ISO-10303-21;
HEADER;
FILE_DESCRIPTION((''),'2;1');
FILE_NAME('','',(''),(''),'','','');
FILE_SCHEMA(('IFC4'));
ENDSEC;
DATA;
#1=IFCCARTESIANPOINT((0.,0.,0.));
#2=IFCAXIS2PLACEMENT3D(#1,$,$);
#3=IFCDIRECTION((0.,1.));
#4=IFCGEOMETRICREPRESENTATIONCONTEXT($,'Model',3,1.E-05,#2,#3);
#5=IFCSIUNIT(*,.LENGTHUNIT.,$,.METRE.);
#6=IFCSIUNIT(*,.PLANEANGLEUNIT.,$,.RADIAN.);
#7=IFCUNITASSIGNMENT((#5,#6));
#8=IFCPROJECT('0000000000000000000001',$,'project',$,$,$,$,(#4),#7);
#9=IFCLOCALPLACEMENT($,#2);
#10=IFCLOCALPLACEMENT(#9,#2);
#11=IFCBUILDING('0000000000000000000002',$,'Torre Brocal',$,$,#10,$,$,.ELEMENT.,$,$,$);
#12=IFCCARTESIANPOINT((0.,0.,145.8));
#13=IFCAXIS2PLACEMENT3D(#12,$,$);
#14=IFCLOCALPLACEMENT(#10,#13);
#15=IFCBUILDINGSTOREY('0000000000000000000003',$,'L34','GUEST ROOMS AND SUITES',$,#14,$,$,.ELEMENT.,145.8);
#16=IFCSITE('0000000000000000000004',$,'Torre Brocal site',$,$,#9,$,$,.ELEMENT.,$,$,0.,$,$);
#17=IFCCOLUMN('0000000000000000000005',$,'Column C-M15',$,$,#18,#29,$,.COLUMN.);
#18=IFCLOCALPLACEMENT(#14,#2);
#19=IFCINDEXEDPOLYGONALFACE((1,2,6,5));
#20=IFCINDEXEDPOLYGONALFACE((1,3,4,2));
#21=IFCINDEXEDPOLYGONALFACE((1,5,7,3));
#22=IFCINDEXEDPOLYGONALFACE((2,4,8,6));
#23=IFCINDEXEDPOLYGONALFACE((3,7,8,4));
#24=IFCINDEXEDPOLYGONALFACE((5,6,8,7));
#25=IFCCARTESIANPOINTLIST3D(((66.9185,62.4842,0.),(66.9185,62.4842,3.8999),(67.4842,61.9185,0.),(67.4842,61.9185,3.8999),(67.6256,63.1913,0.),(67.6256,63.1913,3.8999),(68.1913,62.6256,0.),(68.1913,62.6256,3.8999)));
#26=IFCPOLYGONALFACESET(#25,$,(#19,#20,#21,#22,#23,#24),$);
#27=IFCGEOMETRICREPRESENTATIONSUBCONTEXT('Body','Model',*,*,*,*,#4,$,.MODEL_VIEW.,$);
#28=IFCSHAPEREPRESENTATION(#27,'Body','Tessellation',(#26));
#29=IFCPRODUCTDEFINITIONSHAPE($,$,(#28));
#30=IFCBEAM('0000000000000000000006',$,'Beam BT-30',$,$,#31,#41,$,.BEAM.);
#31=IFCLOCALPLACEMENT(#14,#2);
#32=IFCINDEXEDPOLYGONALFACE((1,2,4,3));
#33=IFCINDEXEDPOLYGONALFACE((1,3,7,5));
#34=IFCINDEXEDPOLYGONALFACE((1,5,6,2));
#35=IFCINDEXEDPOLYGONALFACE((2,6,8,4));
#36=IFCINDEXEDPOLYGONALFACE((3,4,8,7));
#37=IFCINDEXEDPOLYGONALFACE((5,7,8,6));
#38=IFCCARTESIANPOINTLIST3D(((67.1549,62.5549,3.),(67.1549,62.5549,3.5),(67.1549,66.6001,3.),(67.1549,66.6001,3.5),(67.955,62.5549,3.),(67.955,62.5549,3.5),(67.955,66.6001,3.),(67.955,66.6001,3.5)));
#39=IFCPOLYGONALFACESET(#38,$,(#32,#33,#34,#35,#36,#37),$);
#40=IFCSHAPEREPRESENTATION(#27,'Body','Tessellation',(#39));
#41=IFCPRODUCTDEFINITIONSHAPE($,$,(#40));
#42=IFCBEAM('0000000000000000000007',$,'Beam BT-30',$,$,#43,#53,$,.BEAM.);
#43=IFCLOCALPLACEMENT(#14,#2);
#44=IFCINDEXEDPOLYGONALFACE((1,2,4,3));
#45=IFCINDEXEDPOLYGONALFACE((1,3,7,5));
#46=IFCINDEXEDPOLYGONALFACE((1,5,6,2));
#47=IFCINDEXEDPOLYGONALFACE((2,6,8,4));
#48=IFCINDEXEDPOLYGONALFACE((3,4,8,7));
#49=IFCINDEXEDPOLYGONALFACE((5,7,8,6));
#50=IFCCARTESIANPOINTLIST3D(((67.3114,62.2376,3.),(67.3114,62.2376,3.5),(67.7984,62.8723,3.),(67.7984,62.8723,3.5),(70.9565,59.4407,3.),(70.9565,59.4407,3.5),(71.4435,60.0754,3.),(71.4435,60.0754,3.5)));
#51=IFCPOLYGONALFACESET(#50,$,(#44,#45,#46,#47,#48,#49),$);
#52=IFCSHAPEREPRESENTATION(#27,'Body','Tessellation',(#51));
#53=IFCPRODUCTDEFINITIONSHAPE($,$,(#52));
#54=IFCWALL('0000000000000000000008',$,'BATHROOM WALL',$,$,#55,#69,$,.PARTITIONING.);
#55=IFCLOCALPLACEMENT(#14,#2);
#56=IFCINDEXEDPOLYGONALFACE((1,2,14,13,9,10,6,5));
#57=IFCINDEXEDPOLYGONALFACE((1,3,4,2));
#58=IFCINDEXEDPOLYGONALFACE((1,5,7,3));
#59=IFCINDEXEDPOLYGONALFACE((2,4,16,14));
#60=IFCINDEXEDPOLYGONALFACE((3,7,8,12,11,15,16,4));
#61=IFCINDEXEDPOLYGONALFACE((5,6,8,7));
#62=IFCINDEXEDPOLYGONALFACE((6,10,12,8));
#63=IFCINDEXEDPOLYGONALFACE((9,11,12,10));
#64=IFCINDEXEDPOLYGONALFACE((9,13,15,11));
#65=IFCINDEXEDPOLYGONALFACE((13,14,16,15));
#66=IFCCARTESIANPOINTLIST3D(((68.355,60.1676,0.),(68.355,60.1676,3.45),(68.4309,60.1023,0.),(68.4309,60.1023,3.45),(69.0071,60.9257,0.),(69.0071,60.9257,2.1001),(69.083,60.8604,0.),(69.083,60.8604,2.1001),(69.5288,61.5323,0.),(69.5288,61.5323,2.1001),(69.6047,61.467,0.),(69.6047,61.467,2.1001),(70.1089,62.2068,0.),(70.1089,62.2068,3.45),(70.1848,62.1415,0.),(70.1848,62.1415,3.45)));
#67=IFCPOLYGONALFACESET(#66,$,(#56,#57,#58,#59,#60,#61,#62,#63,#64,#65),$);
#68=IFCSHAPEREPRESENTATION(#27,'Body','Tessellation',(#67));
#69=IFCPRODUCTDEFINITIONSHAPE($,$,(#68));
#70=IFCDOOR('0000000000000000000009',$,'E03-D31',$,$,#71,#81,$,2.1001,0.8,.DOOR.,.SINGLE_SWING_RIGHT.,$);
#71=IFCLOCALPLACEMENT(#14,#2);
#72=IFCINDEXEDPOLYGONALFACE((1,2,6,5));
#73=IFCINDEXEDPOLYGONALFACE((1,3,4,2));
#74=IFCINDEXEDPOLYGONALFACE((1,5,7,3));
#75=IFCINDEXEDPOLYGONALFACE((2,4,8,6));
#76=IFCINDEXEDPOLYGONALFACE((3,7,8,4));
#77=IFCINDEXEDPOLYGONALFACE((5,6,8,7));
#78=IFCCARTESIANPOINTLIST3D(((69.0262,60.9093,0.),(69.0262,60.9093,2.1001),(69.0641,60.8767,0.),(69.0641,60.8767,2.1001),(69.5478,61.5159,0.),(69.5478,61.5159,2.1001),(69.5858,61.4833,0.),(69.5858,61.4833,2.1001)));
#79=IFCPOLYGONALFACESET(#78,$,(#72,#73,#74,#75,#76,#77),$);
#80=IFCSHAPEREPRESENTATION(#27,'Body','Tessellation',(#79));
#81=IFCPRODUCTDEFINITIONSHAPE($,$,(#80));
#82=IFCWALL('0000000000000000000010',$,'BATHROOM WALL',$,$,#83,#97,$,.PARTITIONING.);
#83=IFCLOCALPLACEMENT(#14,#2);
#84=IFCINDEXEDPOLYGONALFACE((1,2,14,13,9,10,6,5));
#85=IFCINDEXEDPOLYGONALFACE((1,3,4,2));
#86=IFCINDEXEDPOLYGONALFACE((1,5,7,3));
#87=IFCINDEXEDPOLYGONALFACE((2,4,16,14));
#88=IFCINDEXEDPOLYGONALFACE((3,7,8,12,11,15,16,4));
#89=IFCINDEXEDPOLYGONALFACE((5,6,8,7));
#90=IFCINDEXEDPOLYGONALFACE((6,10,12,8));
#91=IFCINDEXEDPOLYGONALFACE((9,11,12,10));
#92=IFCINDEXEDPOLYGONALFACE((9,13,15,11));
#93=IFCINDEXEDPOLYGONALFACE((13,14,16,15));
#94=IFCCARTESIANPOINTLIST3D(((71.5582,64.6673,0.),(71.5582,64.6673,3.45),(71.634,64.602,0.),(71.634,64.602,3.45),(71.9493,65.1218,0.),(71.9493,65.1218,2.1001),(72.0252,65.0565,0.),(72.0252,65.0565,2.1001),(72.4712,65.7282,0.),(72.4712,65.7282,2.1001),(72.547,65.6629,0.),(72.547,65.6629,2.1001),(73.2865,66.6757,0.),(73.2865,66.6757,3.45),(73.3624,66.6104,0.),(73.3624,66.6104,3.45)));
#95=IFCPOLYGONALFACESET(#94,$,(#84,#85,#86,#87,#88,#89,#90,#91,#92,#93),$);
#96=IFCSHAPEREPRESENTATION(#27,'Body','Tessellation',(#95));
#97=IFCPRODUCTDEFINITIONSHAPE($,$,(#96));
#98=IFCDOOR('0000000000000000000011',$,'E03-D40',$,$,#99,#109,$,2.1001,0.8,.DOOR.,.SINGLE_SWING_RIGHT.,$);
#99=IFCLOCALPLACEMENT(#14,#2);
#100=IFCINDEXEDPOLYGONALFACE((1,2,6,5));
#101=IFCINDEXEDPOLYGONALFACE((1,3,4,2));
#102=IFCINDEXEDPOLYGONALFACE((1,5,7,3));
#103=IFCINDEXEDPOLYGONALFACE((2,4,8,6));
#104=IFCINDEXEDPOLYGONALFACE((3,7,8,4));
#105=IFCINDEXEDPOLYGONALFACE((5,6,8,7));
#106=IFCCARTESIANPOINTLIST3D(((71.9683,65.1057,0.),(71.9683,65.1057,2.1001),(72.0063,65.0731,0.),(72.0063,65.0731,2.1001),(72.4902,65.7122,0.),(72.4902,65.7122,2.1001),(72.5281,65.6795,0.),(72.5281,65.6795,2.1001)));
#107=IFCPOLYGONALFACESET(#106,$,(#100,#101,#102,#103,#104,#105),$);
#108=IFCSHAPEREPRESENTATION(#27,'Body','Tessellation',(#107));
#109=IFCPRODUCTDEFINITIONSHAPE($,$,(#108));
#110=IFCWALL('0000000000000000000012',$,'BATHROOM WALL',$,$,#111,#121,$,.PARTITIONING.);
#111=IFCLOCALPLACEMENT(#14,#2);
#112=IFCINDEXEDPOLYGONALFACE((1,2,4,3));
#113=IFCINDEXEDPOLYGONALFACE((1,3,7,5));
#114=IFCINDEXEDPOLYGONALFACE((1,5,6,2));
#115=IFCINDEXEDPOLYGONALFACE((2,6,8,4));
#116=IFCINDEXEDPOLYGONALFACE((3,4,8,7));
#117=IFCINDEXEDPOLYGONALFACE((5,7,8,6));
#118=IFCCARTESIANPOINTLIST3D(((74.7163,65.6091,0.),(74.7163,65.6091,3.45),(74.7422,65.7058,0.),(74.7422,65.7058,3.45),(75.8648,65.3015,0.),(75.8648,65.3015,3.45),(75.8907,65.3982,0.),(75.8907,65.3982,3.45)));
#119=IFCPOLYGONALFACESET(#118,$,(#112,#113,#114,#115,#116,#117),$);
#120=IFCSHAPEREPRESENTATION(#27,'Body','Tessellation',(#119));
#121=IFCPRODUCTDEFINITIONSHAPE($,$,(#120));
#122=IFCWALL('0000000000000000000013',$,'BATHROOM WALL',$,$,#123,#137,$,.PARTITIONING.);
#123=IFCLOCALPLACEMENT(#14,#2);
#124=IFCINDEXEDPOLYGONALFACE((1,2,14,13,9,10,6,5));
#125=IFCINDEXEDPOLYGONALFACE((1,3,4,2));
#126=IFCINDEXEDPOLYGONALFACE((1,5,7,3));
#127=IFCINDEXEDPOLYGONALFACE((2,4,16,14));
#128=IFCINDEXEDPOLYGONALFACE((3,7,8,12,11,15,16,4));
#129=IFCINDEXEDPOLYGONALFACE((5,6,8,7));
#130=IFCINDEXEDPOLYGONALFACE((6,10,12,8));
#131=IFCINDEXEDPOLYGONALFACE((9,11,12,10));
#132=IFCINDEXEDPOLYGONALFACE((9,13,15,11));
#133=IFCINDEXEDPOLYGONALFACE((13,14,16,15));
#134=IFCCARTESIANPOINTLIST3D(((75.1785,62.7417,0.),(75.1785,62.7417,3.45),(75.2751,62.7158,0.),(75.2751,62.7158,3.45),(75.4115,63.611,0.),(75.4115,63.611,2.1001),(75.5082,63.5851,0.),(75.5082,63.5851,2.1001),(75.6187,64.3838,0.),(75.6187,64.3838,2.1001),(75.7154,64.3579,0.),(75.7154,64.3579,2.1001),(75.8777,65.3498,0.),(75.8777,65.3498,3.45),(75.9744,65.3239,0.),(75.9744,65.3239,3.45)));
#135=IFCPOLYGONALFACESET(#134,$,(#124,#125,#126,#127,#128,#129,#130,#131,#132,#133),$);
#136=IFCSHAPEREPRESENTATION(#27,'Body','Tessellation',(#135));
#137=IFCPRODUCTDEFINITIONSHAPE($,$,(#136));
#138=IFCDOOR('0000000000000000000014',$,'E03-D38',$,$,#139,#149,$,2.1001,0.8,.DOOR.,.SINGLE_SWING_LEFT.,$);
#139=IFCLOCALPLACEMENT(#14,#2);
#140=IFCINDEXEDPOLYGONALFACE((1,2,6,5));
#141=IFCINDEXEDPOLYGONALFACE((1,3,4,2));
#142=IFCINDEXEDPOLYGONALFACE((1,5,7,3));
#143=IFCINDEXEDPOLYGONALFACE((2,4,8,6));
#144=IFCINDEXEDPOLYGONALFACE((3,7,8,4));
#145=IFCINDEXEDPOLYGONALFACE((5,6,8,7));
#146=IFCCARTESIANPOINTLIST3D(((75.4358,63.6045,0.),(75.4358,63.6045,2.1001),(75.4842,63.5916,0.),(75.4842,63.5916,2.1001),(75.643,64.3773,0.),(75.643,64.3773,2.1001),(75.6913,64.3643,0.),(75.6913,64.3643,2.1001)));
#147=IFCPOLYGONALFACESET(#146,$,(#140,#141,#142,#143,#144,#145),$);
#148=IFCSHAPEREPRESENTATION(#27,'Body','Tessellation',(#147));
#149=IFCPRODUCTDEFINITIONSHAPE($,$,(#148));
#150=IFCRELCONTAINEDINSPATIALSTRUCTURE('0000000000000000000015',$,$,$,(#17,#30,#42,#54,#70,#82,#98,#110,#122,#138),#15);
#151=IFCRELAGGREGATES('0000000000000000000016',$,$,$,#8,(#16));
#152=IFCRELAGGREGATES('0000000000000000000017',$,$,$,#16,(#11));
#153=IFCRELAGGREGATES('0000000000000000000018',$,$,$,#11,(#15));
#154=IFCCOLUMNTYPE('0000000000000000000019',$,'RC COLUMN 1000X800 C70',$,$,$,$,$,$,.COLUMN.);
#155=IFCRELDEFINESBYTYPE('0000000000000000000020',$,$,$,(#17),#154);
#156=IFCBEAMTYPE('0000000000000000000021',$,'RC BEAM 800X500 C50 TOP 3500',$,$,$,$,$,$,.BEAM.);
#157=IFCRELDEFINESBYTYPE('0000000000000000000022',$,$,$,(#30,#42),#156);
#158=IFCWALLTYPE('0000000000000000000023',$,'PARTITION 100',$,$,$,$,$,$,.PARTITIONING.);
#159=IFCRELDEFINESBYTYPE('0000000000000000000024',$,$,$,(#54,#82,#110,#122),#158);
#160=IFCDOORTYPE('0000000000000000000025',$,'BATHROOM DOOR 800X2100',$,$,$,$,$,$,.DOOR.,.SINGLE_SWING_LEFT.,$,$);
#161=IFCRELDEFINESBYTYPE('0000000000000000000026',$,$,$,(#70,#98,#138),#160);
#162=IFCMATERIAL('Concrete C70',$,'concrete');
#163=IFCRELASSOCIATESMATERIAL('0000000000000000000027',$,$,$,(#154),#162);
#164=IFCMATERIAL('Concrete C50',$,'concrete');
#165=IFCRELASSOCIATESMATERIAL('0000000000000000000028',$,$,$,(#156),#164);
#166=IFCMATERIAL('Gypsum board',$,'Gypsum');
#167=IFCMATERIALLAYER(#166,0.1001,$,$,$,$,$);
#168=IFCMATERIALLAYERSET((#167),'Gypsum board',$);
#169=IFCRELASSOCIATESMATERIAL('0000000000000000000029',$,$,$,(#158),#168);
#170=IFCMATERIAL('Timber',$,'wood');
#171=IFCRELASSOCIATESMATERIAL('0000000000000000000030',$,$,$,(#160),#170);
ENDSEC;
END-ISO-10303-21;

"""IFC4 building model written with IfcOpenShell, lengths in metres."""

from ifc_helpers import new_model, si_unit, direction, frame, frame_2d, origin, origin_2d, place, context, subcontext, project, spatial, rectangle, extrude, material, layer, layer_set, material_profile, profile_set, type_object, element, fill, save


model = new_model("IFC4")

# Units and contexts
model_context = context("Model", 3, precision=1e-05, world=origin(), true_north=direction((0.0, 1.0)))
body_context = subcontext(model_context, "Body", "Model", "MODEL_VIEW")
ifc_project = project(units=[si_unit("LENGTHUNIT", "METRE"), si_unit("PLANEANGLEUNIT", "RADIAN")], contexts=[model_context])

# Site, building, storey
site_placement = place(None, origin())
site = spatial("IfcSite", under=ifc_project, at=site_placement, Name="Torre Brocal site", CompositionType="ELEMENT", RefElevation=0.0)
building_placement = place(site_placement, origin())
building = spatial("IfcBuilding", under=site, at=building_placement, Name="Torre Brocal", CompositionType="ELEMENT")
storey_placement = place(building_placement, frame((0.0, 0.0, 145.8)))
storey = spatial("IfcBuildingStorey", under=building, at=storey_placement, Name="L34", Description="GUEST ROOMS AND SUITES", CompositionType="ELEMENT", Elevation=145.8)

# Column
ifc_material_1 = material(Name="Concrete C70", Category="concrete")
ifc_material_profile_1 = material_profile(ifc_material_1, rectangle(XDim=1.0, YDim=0.8, at=origin_2d()), Name="RC 1000X800")
ifc_profile_set_1 = profile_set([ifc_material_profile_1], Name="Concrete C70")
column_type = type_object("IfcColumnType", Name="RC COLUMN 1000X800 C70", PredefinedType="COLUMN", material=ifc_profile_set_1)
column_placement = place(storey_placement, frame((67.5549, 62.5549, 0.0), z_axis=(0.0, 0.0, 1.0), x_axis=(-0.707107, -0.707107, 0.0)))
element("IfcColumn", 1, at=column_placement, inside=storey, type_object=column_type, Name="Column C-M15", PredefinedType="COLUMN", context=body_context, shape_type="SweptSolid", body=[
    extrude(rectangle(XDim=1.0, YDim=0.8, at=origin_2d()), origin(), (0.0, 0.0, 1.0), 3.8999),
])

# Beams
ifc_material_2 = material(Name="Concrete C50", Category="concrete")
ifc_material_profile_2 = material_profile(ifc_material_2, rectangle(XDim=0.8, YDim=0.5, at=origin_2d()), Name="RC 800X500")
ifc_profile_set_2 = profile_set([ifc_material_profile_2], Name="Concrete C50")
beam_type = type_object("IfcBeamType", Name="RC BEAM 800X500 C50 TOP 3500", PredefinedType="BEAM", material=ifc_profile_set_2)
beam_1_placement = place(storey_placement, frame((67.5549, 62.5549, 3.25), z_axis=(0.0, 1.0, 0.0), x_axis=(-1.0, 0.0, 0.0)))
element("IfcBeam", 2, at=beam_1_placement, inside=storey, type_object=beam_type, Name="Beam BT-30", PredefinedType="BEAM", context=body_context, shape_type="SweptSolid", body=[
    extrude(rectangle(XDim=0.8, YDim=0.5, at=origin_2d()), origin(), (0.0, 0.0, 1.0), 4.0452),
])
beam_2_placement = place(storey_placement, frame((67.5549, 62.5549, 3.25), z_axis=(0.793358, -0.608755, 0.0), x_axis=(0.608755, 0.793358, 0.0)))
element("IfcBeam", 3, at=beam_2_placement, inside=storey, type_object=beam_type, Name="Beam BT-30", PredefinedType="BEAM", context=body_context, shape_type="SweptSolid", body=[
    extrude(rectangle(XDim=0.8, YDim=0.5, at=origin_2d()), origin(), (0.0, 0.0, 1.0), 4.5945),
])

# Walls, openings, doors
ifc_material_3 = material(Name="Gypsum board", Category="Gypsum")
ifc_layer_1 = layer(ifc_material_3, 0.1001)
ifc_layer_set_1 = layer_set([ifc_layer_1], Name="Gypsum board")
wall_type_1 = type_object("IfcWallType", Name="PARTITION 100", PredefinedType="PARTITIONING", material=ifc_layer_set_1)
wall_1_placement = place(storey_placement, frame((68.3931, 60.135, 0.0), z_axis=(0.0, 0.0, 1.0), x_axis=(0.652061, 0.758166, 0.0)))
wall_1 = element("IfcWall", 4, at=wall_1_placement, inside=storey, type_object=wall_type_1, Name="BATHROOM WALL", PredefinedType="PARTITIONING", context=body_context, shape_type="SweptSolid", body=[
    extrude(rectangle(XDim=2.6897, YDim=0.1001, at=frame_2d((1.3447, 0.0))), origin(), (0.0, 0.0, 1.0), 3.45),
])
opening_1_placement = place(wall_1_placement, frame((1.0, 0.0, 0.0)))
opening_1 = element("IfcOpeningElement", 5, at=opening_1_placement, cuts=wall_1, PredefinedType="OPENING", context=body_context, shape_type="SweptSolid", body=[
    extrude(rectangle(XDim=0.8, YDim=2.1001, at=frame_2d((0.3999, 1.05))), frame((0.0, 0.0601, 0.0), z_axis=(0.0, -1.0, 0.0), x_axis=(1.0, 0.0, 0.0)), (0.0, 0.0, 1.0), 0.1201),
])
ifc_material_4 = material(Name="Timber", Category="wood")
door_type_1 = type_object("IfcDoorType", Name="BATHROOM DOOR 800X2100", OperationType="SINGLE_SWING_LEFT", PredefinedType="DOOR", material=ifc_material_4)
door_1_placement = place(opening_1_placement, origin())
door_1 = element("IfcDoor", 6, at=door_1_placement, inside=storey, type_object=door_type_1, Name="E03-D31", OperationType="SINGLE_SWING_RIGHT", OverallHeight=2.1001, OverallWidth=0.8, PredefinedType="DOOR", context=body_context, shape_type="SweptSolid", body=[
    extrude(rectangle(XDim=0.8, YDim=2.1001, at=frame_2d((0.3999, 1.05))), frame((0.0, 0.0249, 0.0), z_axis=(0.0, -1.0, 0.0), x_axis=(1.0, 0.0, 0.0)), (0.0, 0.0, 1.0), 0.05),
])
fill(opening_1, door_1)
wall_2_placement = place(storey_placement, frame((71.5962, 64.6348, 0.0), z_axis=(0.0, 0.0, 1.0), x_axis=(0.652285, 0.757974, 0.0)))
wall_2 = element("IfcWall", 7, at=wall_2_placement, inside=storey, type_object=wall_type_1, Name="BATHROOM WALL", PredefinedType="PARTITIONING", context=body_context, shape_type="SweptSolid", body=[
    extrude(rectangle(XDim=2.6497, YDim=0.1001, at=frame_2d((1.3247, 0.0))), origin(), (0.0, 0.0, 1.0), 3.45),
])
opening_2_placement = place(wall_2_placement, frame((0.5996, 0.0, 0.0)))
opening_2 = element("IfcOpeningElement", 8, at=opening_2_placement, cuts=wall_2, PredefinedType="OPENING", context=body_context, shape_type="SweptSolid", body=[
    extrude(rectangle(XDim=0.8, YDim=2.1001, at=frame_2d((0.3999, 1.05))), frame((0.0, 0.0601, 0.0), z_axis=(0.0, -1.0, 0.0), x_axis=(1.0, 0.0, 0.0)), (0.0, 0.0, 1.0), 0.1201),
])
door_2_placement = place(opening_2_placement, frame((0.8, 0.0, 0.0), z_axis=(0.0, 0.0, 1.0), x_axis=(-1.0, 0.0, 0.0)))
door_2 = element("IfcDoor", 9, at=door_2_placement, inside=storey, type_object=door_type_1, Name="E03-D40", OperationType="SINGLE_SWING_RIGHT", OverallHeight=2.1001, OverallWidth=0.8, PredefinedType="DOOR", context=body_context, shape_type="SweptSolid", body=[
    extrude(rectangle(XDim=0.8, YDim=2.1001, at=frame_2d((0.3999, 1.05))), frame((0.0, 0.0249, 0.0), z_axis=(0.0, -1.0, 0.0), x_axis=(1.0, 0.0, 0.0)), (0.0, 0.0, 1.0), 0.05),
])
fill(opening_2, door_2)

# Wall
wall_3_placement = place(storey_placement, frame((74.7292, 65.6575, 0.0), z_axis=(0.0, 0.0, 1.0), x_axis=(0.965948, -0.258736, 0.0)))
element("IfcWall", 10, at=wall_3_placement, inside=storey, type_object=wall_type_1, Name="BATHROOM WALL", PredefinedType="PARTITIONING", context=body_context, shape_type="SweptSolid", body=[
    extrude(rectangle(XDim=1.189, YDim=0.1001, at=frame_2d((0.5945, 0.0))), origin(), (0.0, 0.0, 1.0), 3.45),
])

# Wall, opening, door
wall_4_placement = place(storey_placement, frame((75.2268, 62.7288, 0.0), z_axis=(0.0, 0.0, 1.0), x_axis=(0.258945, 0.965892, 0.0)))
wall_4 = element("IfcWall", 11, at=wall_4_placement, inside=storey, type_object=wall_type_1, Name="BATHROOM WALL", PredefinedType="PARTITIONING", context=body_context, shape_type="SweptSolid", body=[
    extrude(rectangle(XDim=2.7002, YDim=0.1001, at=frame_2d((1.3501, 0.0))), origin(), (0.0, 0.0, 1.0), 3.45),
])
opening_3_placement = place(wall_4_placement, frame((0.9001, 0.0, 0.0)))
opening_3 = element("IfcOpeningElement", 12, at=opening_3_placement, cuts=wall_4, PredefinedType="OPENING", context=body_context, shape_type="SweptSolid", body=[
    extrude(rectangle(XDim=0.8, YDim=2.1001, at=frame_2d((0.3999, 1.05))), frame((0.0, 0.0601, 0.0), z_axis=(0.0, -1.0, 0.0), x_axis=(1.0, 0.0, 0.0)), (0.0, 0.0, 1.0), 0.1201),
])
door_3_placement = place(opening_3_placement, origin())
door_3 = element("IfcDoor", 13, at=door_3_placement, inside=storey, type_object=door_type_1, Name="E03-D38", OperationType="SINGLE_SWING_LEFT", OverallHeight=2.1001, OverallWidth=0.8, PredefinedType="DOOR", context=body_context, shape_type="SweptSolid", body=[
    extrude(rectangle(XDim=0.8, YDim=2.1001, at=frame_2d((0.3999, 1.05))), frame((0.0, 0.0249, 0.0), z_axis=(0.0, -1.0, 0.0), x_axis=(1.0, 0.0, 0.0)), (0.0, 0.0, 1.0), 0.05),
])
fill(opening_3, door_3)

save(model, "model.ifc")
